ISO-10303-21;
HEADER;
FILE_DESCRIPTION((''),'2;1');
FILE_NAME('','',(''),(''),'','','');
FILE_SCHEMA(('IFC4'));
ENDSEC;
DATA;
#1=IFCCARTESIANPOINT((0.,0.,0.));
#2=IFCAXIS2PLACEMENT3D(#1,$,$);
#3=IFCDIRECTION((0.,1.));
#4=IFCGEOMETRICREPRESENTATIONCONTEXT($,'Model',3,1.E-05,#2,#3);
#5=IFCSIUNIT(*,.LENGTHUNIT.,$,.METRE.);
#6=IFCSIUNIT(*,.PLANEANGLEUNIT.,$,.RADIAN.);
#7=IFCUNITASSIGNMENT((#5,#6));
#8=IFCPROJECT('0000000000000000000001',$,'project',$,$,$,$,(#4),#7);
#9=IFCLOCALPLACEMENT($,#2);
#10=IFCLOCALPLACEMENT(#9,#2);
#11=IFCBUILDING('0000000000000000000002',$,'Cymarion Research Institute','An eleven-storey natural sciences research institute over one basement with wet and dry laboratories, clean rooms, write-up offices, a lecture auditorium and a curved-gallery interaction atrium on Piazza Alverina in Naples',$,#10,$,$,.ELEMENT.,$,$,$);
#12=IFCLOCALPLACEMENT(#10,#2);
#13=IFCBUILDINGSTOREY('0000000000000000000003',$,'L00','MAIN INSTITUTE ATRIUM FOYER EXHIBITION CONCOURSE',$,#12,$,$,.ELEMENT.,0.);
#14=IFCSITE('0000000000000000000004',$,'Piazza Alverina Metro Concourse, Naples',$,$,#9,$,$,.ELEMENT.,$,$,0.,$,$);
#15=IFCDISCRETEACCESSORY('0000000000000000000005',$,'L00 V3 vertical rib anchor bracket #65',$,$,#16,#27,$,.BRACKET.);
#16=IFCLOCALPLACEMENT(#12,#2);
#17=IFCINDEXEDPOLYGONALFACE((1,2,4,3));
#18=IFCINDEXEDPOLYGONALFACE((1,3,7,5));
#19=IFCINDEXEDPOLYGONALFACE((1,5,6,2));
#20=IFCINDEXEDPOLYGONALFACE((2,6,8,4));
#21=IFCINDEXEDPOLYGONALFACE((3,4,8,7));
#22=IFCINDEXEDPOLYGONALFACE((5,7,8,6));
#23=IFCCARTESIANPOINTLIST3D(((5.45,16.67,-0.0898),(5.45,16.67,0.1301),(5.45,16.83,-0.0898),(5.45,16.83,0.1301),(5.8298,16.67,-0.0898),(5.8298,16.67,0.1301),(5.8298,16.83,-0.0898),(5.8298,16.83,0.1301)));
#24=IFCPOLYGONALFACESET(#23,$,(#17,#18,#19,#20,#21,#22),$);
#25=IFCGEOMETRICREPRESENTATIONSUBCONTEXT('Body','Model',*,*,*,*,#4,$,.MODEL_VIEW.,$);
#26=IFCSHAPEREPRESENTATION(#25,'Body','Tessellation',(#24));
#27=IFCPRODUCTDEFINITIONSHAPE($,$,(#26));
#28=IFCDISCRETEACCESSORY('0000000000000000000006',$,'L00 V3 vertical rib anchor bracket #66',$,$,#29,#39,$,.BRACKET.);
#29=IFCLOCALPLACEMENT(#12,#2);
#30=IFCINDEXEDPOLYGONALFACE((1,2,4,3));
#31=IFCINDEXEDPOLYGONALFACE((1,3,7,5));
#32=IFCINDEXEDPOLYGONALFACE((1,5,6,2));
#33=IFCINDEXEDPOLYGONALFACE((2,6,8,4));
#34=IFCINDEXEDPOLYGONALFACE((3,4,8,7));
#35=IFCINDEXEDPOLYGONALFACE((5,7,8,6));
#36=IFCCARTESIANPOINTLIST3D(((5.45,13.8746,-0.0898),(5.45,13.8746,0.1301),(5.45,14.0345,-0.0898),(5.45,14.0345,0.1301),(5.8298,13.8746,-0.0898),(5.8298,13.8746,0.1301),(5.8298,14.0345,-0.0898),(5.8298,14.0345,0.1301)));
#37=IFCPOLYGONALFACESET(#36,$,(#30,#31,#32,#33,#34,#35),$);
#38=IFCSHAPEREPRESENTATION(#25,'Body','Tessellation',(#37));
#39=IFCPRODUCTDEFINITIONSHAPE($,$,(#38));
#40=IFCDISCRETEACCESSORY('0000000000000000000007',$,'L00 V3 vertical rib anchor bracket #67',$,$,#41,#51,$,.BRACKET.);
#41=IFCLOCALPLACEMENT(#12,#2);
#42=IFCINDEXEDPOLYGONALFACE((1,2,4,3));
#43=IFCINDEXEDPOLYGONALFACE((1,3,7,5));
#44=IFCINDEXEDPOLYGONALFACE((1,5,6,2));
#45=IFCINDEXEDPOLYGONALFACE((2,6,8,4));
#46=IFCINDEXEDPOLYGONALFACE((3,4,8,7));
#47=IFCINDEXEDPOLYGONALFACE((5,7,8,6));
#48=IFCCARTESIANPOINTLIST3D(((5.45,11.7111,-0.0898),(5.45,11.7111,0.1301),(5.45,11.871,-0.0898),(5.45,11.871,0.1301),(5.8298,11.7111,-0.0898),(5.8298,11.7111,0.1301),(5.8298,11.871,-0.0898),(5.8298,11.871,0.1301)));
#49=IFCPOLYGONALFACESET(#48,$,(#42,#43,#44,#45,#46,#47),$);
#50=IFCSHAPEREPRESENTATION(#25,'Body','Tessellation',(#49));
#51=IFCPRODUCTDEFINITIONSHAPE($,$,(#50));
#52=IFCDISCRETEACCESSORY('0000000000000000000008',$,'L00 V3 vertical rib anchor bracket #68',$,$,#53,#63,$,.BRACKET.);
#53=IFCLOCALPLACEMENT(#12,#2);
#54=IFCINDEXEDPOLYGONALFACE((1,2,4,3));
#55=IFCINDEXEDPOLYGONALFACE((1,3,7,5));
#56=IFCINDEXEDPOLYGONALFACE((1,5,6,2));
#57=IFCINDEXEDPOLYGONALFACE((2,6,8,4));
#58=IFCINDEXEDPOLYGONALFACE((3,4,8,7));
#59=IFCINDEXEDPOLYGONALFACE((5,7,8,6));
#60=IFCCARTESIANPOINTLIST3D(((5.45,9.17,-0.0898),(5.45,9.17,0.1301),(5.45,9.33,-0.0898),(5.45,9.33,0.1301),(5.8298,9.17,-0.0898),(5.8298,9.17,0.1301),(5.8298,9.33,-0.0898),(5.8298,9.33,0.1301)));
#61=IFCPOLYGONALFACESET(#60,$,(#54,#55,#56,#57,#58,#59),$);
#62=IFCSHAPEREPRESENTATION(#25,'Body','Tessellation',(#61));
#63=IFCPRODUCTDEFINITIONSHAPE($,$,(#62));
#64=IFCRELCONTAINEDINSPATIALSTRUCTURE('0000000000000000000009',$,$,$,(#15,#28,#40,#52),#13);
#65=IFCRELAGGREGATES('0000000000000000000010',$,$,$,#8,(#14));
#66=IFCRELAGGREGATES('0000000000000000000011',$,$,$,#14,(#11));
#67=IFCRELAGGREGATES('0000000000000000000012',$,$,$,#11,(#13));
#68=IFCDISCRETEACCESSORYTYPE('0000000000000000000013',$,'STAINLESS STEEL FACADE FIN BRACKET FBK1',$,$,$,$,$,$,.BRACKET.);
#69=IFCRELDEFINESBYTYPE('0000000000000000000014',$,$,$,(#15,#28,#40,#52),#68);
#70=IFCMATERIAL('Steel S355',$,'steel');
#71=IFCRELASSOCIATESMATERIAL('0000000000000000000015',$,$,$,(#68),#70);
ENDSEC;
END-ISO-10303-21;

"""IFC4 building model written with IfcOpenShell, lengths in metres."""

from ifc_helpers import new_model, si_unit, direction, frame, origin, origin_2d, place, context, subcontext, project, spatial, rectangle, extrude, material, type_object, element, save


model = new_model("IFC4")

# Units and contexts
model_context = context("Model", 3, precision=1e-05, world=origin(), true_north=direction((0.0, 1.0)))
body_context = subcontext(model_context, "Body", "Model", "MODEL_VIEW")
ifc_project = project(units=[si_unit("LENGTHUNIT", "METRE"), si_unit("PLANEANGLEUNIT", "RADIAN")], contexts=[model_context])

# Site, building, storey
site_placement = place(None, origin())
site = spatial("IfcSite", under=ifc_project, at=site_placement, Name="Piazza Alverina Metro Concourse, Naples", CompositionType="ELEMENT", RefElevation=0.0)
building_placement = place(site_placement, origin())
building = spatial("IfcBuilding", under=site, at=building_placement, Name="Cymarion Research Institute", Description="An eleven-storey natural sciences research institute over one basement with wet and dry laboratories, clean rooms, write-up offices, a lecture auditorium and a curved-gallery interaction atrium on Piazza Alverina in Naples", CompositionType="ELEMENT")
storey_placement = place(building_placement, origin())
storey = spatial("IfcBuildingStorey", under=building, at=storey_placement, Name="L00", Description="MAIN INSTITUTE ATRIUM FOYER EXHIBITION CONCOURSE", CompositionType="ELEMENT", Elevation=0.0)

# Shared definitions
ifc_material_1 = material(Name="Steel S355", Category="steel")

# Discrete accessories
discrete_accessory_type = type_object("IfcDiscreteAccessoryType", Name="STAINLESS STEEL FACADE FIN BRACKET FBK1", PredefinedType="BRACKET", material=ifc_material_1)
for number, where, z_axis, x_axis, name in (
    (1, (5.6399, 16.75, -0.0898), (0.0, 0.0, 1.0), (-1.0, 0.0, 0.0), "L00 V3 vertical rib anchor bracket #65"),
    (2, (5.6399, 13.9546, -0.0898), (0.0, 0.0, 1.0), (-1.0, 0.0, 0.0), "L00 V3 vertical rib anchor bracket #66"),
    (3, (5.6399, 11.791, -0.0898), (0.0, 0.0, 1.0), (-1.0, 0.0, 0.0), "L00 V3 vertical rib anchor bracket #67"),
    (4, (5.6399, 9.25, -0.0898), (0.0, 0.0, 1.0), (-1.0, 0.0, 0.0), "L00 V3 vertical rib anchor bracket #68"),
):
    element("IfcDiscreteAccessory", number, at=place(storey_placement, frame(where, z_axis=z_axis, x_axis=x_axis)), inside=storey, type_object=discrete_accessory_type, Name=name, PredefinedType="BRACKET", context=body_context, shape_type="SweptSolid", body=[
        extrude(rectangle(XDim=0.3799, YDim=0.1599, at=origin_2d()), origin(), (0.0, 0.0, 1.0), 0.22),
    ])

save(model, "model.ifc")
